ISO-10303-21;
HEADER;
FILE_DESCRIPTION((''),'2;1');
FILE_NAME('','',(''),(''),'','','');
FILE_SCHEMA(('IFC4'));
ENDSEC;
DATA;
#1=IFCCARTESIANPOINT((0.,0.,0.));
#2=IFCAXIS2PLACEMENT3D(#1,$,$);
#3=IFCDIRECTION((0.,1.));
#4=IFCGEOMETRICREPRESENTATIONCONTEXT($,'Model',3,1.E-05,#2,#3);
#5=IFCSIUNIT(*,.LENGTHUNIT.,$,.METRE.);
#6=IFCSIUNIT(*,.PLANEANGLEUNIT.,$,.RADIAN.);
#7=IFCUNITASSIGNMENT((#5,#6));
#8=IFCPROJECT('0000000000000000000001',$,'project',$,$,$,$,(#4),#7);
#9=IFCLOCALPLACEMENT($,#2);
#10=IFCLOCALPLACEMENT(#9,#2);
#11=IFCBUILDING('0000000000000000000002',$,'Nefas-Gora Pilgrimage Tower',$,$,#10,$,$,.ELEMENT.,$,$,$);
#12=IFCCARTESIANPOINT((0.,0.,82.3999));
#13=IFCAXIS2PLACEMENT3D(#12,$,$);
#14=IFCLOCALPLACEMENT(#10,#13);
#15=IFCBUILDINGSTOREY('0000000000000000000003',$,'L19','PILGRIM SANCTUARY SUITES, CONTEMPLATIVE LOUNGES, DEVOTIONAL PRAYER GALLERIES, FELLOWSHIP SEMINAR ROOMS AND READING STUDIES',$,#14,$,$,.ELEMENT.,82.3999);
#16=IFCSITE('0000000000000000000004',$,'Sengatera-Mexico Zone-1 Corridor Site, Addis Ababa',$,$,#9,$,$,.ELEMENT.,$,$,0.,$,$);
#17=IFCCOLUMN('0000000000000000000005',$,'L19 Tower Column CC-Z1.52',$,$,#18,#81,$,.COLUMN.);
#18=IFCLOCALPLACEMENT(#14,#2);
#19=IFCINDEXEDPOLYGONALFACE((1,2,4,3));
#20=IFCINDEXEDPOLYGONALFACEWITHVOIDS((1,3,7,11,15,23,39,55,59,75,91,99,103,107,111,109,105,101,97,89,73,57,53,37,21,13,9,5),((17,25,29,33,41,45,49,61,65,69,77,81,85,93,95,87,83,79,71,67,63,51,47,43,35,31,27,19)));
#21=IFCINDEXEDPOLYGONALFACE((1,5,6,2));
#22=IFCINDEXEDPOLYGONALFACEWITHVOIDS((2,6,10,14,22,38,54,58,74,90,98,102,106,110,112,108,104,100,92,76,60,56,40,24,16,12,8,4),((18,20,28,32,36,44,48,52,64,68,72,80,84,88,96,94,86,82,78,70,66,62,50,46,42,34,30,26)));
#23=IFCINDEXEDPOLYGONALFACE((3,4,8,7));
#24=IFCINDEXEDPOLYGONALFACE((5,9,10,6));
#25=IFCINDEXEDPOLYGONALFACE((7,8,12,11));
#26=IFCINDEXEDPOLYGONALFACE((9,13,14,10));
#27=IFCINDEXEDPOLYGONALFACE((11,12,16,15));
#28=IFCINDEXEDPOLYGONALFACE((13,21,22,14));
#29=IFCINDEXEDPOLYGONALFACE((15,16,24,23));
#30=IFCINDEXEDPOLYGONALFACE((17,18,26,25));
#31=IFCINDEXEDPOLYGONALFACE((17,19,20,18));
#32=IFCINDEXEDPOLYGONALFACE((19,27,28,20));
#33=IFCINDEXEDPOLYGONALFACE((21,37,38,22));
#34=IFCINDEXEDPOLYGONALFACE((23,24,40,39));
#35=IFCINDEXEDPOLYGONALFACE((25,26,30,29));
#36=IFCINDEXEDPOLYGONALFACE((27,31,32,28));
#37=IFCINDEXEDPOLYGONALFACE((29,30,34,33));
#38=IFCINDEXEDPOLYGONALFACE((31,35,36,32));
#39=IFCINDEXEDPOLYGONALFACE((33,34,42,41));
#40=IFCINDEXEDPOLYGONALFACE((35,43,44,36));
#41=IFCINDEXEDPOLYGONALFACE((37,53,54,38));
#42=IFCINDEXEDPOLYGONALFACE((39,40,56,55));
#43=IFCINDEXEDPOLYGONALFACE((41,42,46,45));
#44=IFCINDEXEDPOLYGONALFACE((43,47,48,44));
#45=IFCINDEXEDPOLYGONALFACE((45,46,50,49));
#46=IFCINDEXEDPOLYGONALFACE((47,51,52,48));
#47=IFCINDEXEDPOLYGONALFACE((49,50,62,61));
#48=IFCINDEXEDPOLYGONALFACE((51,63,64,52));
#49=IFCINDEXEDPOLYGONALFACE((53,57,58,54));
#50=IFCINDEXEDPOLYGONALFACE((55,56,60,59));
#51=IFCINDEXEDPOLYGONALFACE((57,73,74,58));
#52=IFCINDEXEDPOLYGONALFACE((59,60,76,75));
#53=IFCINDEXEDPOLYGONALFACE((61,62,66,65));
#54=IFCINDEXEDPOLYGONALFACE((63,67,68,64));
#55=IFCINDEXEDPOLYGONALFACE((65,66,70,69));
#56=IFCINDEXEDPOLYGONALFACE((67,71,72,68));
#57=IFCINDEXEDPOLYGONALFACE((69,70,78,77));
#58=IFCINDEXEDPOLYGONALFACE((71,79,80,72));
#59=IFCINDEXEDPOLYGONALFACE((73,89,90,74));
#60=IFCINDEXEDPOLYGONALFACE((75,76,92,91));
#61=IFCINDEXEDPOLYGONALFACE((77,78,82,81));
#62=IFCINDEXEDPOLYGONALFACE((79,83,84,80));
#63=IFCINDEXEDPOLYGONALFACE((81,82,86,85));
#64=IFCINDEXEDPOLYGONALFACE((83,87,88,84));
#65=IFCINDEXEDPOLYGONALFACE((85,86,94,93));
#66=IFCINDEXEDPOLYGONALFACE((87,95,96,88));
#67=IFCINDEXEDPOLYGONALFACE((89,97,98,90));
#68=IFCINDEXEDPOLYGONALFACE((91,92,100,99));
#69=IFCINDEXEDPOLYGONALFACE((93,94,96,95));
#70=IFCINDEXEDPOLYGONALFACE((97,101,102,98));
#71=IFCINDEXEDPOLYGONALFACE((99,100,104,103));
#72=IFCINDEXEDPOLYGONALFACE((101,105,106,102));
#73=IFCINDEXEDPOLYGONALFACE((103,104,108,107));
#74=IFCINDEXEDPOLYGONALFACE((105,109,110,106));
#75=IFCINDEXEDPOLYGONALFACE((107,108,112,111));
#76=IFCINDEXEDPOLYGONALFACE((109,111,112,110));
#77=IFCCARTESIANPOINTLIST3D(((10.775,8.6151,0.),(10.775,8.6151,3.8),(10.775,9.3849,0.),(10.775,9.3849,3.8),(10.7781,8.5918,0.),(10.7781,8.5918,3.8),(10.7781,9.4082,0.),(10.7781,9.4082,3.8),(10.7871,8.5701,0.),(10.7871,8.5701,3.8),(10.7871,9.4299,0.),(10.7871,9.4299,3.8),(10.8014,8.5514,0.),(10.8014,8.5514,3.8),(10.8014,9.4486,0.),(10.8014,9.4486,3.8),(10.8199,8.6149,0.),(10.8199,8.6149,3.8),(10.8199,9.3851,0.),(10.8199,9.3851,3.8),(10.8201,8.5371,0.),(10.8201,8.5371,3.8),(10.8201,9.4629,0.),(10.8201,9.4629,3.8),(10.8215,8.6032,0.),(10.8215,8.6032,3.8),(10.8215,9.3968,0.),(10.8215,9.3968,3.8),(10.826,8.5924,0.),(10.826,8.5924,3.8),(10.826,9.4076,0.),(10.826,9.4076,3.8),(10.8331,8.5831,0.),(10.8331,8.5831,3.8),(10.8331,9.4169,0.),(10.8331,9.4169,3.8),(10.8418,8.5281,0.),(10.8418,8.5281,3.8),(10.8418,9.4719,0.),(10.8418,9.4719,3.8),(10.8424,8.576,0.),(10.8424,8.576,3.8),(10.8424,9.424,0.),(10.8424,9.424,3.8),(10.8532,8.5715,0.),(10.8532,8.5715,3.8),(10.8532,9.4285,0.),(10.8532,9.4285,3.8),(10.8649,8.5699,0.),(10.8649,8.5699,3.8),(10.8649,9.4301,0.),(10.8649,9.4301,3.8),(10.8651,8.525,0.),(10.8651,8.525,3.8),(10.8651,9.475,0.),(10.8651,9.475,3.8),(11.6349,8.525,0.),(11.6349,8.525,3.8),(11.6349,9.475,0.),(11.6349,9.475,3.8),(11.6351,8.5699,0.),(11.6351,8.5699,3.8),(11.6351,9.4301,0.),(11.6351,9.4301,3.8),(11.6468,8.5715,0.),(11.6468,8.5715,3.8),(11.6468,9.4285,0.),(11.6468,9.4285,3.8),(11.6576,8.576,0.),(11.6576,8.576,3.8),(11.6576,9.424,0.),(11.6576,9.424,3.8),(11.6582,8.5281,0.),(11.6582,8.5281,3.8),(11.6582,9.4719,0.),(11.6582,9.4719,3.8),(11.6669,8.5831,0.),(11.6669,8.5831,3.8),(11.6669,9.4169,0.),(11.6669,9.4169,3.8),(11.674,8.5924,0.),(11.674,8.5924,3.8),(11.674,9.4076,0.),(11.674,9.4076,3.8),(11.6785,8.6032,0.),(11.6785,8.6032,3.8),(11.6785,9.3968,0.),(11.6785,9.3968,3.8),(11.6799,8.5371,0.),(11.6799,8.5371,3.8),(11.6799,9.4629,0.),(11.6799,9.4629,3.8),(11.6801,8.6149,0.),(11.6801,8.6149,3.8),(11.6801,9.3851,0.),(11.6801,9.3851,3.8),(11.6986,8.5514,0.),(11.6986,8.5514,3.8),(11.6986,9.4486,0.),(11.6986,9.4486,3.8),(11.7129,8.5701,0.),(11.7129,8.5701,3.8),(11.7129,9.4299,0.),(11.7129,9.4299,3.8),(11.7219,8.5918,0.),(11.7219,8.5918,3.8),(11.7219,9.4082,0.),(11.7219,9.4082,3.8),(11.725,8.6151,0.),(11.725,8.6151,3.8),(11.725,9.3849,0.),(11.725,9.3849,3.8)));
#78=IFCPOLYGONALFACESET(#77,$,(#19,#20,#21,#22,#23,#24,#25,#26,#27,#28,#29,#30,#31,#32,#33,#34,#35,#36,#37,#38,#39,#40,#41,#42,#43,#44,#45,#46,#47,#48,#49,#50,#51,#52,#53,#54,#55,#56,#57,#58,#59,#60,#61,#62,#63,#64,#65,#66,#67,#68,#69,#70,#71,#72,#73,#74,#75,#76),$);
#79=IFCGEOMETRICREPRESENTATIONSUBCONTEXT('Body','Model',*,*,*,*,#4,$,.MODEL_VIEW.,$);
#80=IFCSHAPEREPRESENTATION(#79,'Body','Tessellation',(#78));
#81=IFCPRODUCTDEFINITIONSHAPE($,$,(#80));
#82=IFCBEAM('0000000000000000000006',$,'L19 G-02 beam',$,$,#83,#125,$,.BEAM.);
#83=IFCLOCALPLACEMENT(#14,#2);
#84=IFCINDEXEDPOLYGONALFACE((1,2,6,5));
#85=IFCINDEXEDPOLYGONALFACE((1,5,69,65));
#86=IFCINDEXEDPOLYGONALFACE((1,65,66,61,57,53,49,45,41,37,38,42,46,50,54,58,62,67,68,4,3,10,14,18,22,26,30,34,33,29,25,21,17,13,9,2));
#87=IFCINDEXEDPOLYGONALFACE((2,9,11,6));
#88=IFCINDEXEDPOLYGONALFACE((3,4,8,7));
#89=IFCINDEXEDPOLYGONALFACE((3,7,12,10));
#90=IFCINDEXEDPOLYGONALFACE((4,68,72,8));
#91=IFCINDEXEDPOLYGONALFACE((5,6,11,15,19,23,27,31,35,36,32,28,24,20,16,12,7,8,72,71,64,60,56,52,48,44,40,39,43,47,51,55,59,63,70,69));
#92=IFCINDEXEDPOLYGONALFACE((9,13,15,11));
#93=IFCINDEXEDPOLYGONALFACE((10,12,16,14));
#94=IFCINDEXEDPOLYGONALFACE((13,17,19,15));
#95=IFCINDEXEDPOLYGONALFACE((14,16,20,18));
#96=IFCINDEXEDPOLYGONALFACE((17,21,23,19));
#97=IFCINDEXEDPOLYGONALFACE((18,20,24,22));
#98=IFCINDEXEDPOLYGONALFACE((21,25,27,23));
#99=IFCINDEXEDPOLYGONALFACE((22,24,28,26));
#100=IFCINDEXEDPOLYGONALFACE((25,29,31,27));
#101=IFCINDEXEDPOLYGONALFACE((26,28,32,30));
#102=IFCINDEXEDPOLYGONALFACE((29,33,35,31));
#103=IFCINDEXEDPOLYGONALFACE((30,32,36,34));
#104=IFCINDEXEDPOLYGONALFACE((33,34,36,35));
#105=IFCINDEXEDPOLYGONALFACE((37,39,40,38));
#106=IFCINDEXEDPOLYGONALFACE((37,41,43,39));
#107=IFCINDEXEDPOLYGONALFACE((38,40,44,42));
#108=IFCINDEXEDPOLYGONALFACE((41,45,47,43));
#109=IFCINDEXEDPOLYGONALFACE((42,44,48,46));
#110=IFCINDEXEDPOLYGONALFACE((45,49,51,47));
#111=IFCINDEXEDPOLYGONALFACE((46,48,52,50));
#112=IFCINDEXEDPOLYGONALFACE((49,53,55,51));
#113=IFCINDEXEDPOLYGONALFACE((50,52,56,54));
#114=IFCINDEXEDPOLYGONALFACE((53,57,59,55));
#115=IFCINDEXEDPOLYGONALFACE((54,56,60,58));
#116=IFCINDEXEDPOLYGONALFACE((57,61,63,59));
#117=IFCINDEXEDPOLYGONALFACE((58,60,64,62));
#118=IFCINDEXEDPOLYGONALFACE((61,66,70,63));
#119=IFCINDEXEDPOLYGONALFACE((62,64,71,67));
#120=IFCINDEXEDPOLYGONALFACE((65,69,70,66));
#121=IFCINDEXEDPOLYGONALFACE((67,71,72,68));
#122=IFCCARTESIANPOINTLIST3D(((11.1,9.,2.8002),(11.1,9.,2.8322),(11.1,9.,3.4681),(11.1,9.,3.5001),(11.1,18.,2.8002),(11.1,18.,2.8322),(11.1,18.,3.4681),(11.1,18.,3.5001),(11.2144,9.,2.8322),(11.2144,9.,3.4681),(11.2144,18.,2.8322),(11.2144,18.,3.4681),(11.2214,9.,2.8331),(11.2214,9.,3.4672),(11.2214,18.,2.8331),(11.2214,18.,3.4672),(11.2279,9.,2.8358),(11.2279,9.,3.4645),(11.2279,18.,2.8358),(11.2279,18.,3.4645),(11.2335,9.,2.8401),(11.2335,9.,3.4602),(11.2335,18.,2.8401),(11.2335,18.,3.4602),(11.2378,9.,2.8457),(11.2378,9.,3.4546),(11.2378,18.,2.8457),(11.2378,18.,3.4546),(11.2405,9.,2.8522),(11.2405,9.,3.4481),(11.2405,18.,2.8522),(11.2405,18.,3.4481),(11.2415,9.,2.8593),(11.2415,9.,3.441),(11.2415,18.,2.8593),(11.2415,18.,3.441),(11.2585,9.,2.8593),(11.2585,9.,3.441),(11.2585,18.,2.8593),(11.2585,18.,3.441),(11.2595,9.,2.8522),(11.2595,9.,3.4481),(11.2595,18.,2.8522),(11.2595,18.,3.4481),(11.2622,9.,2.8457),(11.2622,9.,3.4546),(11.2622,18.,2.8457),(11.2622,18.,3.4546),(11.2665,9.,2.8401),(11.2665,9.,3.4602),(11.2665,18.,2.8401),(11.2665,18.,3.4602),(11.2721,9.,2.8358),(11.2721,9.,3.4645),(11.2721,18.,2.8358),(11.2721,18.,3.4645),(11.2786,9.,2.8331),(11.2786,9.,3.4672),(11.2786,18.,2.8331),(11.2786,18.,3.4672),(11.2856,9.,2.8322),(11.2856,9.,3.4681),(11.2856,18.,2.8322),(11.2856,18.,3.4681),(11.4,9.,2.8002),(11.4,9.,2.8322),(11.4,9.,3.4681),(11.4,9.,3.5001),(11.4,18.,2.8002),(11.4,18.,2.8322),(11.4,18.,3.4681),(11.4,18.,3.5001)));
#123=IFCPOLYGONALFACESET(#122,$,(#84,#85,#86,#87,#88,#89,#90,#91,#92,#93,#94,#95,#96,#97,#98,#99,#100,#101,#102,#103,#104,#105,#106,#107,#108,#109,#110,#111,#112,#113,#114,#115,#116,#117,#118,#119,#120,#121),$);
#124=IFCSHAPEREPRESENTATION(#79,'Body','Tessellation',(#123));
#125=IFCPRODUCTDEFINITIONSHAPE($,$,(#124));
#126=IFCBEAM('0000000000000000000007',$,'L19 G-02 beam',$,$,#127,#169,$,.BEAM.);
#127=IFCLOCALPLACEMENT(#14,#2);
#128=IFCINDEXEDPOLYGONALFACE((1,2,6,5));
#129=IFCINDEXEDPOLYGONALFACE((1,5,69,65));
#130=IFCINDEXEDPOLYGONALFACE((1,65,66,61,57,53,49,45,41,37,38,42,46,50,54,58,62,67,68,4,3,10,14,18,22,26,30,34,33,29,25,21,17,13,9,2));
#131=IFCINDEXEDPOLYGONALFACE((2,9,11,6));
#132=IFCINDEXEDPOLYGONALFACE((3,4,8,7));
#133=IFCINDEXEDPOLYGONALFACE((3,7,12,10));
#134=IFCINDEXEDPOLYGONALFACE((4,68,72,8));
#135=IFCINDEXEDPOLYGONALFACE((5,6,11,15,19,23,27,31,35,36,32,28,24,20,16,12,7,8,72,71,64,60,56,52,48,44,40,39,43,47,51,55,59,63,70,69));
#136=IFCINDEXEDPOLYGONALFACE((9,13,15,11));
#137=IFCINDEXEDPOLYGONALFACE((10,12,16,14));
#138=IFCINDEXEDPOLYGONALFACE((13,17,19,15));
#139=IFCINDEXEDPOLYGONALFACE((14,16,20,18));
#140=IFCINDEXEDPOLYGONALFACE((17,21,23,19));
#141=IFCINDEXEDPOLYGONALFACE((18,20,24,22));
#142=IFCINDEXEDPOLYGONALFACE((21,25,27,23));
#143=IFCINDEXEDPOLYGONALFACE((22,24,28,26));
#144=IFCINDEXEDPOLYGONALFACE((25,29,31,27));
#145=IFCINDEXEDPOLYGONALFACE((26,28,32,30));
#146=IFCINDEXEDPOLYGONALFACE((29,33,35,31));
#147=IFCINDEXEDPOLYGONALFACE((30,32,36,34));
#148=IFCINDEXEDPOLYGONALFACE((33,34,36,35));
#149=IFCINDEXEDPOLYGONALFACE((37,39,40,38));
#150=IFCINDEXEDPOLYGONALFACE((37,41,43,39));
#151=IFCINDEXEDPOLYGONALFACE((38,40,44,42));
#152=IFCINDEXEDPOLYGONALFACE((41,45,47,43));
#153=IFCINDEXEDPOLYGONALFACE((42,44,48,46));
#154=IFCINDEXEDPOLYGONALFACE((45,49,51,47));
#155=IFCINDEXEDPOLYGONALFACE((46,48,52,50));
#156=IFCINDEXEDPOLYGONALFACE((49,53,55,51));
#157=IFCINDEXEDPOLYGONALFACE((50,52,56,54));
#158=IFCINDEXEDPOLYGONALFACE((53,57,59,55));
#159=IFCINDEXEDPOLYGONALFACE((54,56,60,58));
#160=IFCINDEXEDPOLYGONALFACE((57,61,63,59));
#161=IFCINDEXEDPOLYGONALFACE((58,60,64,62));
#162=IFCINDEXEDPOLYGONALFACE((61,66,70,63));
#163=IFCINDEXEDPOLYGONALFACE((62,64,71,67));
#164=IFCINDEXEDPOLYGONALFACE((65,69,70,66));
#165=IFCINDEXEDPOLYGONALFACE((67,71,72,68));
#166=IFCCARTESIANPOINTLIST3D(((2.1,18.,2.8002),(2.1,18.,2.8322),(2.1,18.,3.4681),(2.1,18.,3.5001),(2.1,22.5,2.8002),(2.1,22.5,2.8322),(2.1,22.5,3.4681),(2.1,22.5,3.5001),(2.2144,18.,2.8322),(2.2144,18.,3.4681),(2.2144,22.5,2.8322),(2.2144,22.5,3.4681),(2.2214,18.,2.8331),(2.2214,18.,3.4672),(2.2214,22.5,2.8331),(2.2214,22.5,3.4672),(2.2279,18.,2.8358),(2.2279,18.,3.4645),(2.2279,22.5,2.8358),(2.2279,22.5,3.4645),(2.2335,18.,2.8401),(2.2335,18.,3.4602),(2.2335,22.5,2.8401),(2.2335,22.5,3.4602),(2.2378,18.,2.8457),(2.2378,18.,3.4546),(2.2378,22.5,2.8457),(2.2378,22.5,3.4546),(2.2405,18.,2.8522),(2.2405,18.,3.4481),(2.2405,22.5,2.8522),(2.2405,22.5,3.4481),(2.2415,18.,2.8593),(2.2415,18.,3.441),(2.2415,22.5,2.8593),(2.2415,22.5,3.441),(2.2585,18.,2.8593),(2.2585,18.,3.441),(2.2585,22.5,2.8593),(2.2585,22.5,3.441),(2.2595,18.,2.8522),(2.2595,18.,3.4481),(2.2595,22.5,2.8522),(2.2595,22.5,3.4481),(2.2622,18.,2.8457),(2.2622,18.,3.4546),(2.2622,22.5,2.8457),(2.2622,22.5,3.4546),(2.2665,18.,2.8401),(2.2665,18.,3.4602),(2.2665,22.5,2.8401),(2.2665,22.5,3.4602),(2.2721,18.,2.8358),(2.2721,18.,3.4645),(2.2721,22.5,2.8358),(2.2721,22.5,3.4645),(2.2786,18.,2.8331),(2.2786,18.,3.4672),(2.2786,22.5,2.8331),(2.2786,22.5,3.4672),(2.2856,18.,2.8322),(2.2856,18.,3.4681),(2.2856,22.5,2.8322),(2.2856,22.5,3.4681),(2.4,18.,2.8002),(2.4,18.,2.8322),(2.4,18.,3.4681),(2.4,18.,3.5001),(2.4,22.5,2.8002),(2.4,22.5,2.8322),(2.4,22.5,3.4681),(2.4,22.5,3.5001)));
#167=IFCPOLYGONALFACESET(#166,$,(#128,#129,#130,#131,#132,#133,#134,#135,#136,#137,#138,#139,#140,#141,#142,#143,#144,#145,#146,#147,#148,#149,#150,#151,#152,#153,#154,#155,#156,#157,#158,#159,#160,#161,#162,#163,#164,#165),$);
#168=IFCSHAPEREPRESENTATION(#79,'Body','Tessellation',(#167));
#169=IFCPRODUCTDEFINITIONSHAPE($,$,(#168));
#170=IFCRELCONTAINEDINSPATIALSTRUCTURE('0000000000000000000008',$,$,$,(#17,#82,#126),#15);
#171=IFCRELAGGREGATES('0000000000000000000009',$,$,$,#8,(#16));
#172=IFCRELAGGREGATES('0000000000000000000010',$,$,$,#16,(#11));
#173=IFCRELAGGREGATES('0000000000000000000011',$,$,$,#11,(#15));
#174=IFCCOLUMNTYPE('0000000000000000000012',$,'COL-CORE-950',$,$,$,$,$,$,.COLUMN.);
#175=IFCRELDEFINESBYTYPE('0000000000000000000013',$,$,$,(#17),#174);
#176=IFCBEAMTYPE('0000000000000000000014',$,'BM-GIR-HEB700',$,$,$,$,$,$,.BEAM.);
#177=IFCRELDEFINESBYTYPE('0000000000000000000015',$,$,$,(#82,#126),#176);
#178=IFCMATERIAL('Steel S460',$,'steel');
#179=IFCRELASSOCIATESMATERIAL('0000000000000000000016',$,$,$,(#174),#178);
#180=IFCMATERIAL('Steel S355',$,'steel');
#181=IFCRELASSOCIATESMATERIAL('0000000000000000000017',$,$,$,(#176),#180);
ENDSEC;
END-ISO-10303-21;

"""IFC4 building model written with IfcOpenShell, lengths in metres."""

from ifc_helpers import new_model, si_unit, direction, frame, origin, origin_2d, place, context, subcontext, project, spatial, hollow_rectangle, i_section, extrude, source, transform, mapped, material, material_profile, profile_set, type_object, element, save


model = new_model("IFC4")

# Units and contexts
model_context = context("Model", 3, precision=1e-05, world=origin(), true_north=direction((0.0, 1.0)))
body_context = subcontext(model_context, "Body", "Model", "MODEL_VIEW")
ifc_project = project(units=[si_unit("LENGTHUNIT", "METRE"), si_unit("PLANEANGLEUNIT", "RADIAN")], contexts=[model_context])

# Site, building, storey
site_placement = place(None, origin())
site = spatial("IfcSite", under=ifc_project, at=site_placement, Name="Sengatera-Mexico Zone-1 Corridor Site, Addis Ababa", CompositionType="ELEMENT", RefElevation=0.0)
building_placement = place(site_placement, origin())
building = spatial("IfcBuilding", under=site, at=building_placement, Name="Nefas-Gora Pilgrimage Tower", CompositionType="ELEMENT")
storey_placement = place(building_placement, frame((0.0, 0.0, 82.3999)))
storey = spatial("IfcBuildingStorey", under=building, at=storey_placement, Name="L19", Description="PILGRIM SANCTUARY SUITES, CONTEMPLATIVE LOUNGES, DEVOTIONAL PRAYER GALLERIES, FELLOWSHIP SEMINAR ROOMS AND READING STUDIES", CompositionType="ELEMENT", Elevation=82.3999)

# Column
ifc_material_1 = material(Name="Steel S460", Category="steel")
ifc_material_profile_1 = material_profile(ifc_material_1, hollow_rectangle(XDim=0.95, YDim=0.95, WallThickness=0.0449, InnerFilletRadius=0.0449, OuterFilletRadius=0.0901, at=origin_2d()), Name="BOX 950x950x45")
ifc_profile_set_1 = profile_set([ifc_material_profile_1], Name="Steel S460")
column_type_1 = type_object("IfcColumnType", Name="COL-CORE-950", PredefinedType="COLUMN", material=ifc_profile_set_1)
shared_shape_1 = source(origin(), body_context, "Body", "SweptSolid", [
    extrude(hollow_rectangle(XDim=0.95, YDim=0.95, WallThickness=0.0449, InnerFilletRadius=0.0449, OuterFilletRadius=0.0901, at=origin_2d()), origin(), (0.0, 0.0, 1.0), 3.8),
])
column_placement = place(storey_placement, frame((11.25, 9.0, 0.0), z_axis=(0.0, 0.0, 1.0), x_axis=(1.0, 0.0, 0.0)))
element("IfcColumn", 1, at=column_placement, inside=storey, type_object=column_type_1, Name="L19 Tower Column CC-Z1.52", PredefinedType="COLUMN", context=body_context, shape_type="MappedRepresentation", body=[
    mapped(shared_shape_1, transform((0.0, 0.0, 0.0), x_axis=(1.0, 0.0, 0.0), y_axis=(0.0, 1.0, 0.0), z_axis=(0.0, 0.0, 1.0), scale=1.0)),
])

# Beams
ifc_material_2 = material(Name="Steel S355", Category="steel")
ifc_material_profile_2 = material_profile(ifc_material_2, i_section(OverallWidth=0.3, OverallDepth=0.7, WebThickness=0.0171, FlangeThickness=0.032, FilletRadius=0.0271, at=origin_2d()), Name="HEB 700")
ifc_profile_set_2 = profile_set([ifc_material_profile_2], Name="Steel S355")
beam_type_1 = type_object("IfcBeamType", Name="BM-GIR-HEB700", PredefinedType="BEAM", material=ifc_profile_set_2)
shared_shape_2 = source(origin(), body_context, "Body", "SweptSolid", [
    extrude(i_section(OverallWidth=0.3, OverallDepth=0.7, WebThickness=0.0171, FlangeThickness=0.032, FilletRadius=0.0271, at=origin_2d()), origin(), (0.0, 0.0, 1.0), 9.0),
])
beam_1_placement = place(storey_placement, frame((11.25, 9.0, 3.1501), z_axis=(0.0, 1.0, 0.0), x_axis=(-1.0, 0.0, 0.0)))
element("IfcBeam", 2, at=beam_1_placement, inside=storey, type_object=beam_type_1, Name="L19 G-02 beam", PredefinedType="BEAM", context=body_context, shape_type="MappedRepresentation", body=[
    mapped(shared_shape_2, transform((0.0, 0.0, 0.0), x_axis=(1.0, 0.0, 0.0), y_axis=(0.0, 1.0, 0.0), z_axis=(0.0, 0.0, 1.0), scale=1.0)),
])
shared_shape_3 = source(origin(), body_context, "Body", "SweptSolid", [
    extrude(i_section(OverallWidth=0.3, OverallDepth=0.7, WebThickness=0.0171, FlangeThickness=0.032, FilletRadius=0.0271, at=origin_2d()), origin(), (0.0, 0.0, 1.0), 4.5),
])
for number, where, z_axis, x_axis, name in (
    (3, (2.25, 18.0, 3.1501), (0.0, 1.0, 0.0), (-1.0, 0.0, 0.0), "L19 G-02 beam"),
):
    element("IfcBeam", number, at=place(storey_placement, frame(where, z_axis=z_axis, x_axis=x_axis)), inside=storey, type_object=beam_type_1, Name=name, PredefinedType="BEAM", context=body_context, shape_type="MappedRepresentation", body=[
        mapped(shared_shape_3, transform((0.0, 0.0, 0.0), x_axis=(1.0, 0.0, 0.0), y_axis=(0.0, 1.0, 0.0), z_axis=(0.0, 0.0, 1.0), scale=1.0)),
    ])

save(model, "model.ifc")
